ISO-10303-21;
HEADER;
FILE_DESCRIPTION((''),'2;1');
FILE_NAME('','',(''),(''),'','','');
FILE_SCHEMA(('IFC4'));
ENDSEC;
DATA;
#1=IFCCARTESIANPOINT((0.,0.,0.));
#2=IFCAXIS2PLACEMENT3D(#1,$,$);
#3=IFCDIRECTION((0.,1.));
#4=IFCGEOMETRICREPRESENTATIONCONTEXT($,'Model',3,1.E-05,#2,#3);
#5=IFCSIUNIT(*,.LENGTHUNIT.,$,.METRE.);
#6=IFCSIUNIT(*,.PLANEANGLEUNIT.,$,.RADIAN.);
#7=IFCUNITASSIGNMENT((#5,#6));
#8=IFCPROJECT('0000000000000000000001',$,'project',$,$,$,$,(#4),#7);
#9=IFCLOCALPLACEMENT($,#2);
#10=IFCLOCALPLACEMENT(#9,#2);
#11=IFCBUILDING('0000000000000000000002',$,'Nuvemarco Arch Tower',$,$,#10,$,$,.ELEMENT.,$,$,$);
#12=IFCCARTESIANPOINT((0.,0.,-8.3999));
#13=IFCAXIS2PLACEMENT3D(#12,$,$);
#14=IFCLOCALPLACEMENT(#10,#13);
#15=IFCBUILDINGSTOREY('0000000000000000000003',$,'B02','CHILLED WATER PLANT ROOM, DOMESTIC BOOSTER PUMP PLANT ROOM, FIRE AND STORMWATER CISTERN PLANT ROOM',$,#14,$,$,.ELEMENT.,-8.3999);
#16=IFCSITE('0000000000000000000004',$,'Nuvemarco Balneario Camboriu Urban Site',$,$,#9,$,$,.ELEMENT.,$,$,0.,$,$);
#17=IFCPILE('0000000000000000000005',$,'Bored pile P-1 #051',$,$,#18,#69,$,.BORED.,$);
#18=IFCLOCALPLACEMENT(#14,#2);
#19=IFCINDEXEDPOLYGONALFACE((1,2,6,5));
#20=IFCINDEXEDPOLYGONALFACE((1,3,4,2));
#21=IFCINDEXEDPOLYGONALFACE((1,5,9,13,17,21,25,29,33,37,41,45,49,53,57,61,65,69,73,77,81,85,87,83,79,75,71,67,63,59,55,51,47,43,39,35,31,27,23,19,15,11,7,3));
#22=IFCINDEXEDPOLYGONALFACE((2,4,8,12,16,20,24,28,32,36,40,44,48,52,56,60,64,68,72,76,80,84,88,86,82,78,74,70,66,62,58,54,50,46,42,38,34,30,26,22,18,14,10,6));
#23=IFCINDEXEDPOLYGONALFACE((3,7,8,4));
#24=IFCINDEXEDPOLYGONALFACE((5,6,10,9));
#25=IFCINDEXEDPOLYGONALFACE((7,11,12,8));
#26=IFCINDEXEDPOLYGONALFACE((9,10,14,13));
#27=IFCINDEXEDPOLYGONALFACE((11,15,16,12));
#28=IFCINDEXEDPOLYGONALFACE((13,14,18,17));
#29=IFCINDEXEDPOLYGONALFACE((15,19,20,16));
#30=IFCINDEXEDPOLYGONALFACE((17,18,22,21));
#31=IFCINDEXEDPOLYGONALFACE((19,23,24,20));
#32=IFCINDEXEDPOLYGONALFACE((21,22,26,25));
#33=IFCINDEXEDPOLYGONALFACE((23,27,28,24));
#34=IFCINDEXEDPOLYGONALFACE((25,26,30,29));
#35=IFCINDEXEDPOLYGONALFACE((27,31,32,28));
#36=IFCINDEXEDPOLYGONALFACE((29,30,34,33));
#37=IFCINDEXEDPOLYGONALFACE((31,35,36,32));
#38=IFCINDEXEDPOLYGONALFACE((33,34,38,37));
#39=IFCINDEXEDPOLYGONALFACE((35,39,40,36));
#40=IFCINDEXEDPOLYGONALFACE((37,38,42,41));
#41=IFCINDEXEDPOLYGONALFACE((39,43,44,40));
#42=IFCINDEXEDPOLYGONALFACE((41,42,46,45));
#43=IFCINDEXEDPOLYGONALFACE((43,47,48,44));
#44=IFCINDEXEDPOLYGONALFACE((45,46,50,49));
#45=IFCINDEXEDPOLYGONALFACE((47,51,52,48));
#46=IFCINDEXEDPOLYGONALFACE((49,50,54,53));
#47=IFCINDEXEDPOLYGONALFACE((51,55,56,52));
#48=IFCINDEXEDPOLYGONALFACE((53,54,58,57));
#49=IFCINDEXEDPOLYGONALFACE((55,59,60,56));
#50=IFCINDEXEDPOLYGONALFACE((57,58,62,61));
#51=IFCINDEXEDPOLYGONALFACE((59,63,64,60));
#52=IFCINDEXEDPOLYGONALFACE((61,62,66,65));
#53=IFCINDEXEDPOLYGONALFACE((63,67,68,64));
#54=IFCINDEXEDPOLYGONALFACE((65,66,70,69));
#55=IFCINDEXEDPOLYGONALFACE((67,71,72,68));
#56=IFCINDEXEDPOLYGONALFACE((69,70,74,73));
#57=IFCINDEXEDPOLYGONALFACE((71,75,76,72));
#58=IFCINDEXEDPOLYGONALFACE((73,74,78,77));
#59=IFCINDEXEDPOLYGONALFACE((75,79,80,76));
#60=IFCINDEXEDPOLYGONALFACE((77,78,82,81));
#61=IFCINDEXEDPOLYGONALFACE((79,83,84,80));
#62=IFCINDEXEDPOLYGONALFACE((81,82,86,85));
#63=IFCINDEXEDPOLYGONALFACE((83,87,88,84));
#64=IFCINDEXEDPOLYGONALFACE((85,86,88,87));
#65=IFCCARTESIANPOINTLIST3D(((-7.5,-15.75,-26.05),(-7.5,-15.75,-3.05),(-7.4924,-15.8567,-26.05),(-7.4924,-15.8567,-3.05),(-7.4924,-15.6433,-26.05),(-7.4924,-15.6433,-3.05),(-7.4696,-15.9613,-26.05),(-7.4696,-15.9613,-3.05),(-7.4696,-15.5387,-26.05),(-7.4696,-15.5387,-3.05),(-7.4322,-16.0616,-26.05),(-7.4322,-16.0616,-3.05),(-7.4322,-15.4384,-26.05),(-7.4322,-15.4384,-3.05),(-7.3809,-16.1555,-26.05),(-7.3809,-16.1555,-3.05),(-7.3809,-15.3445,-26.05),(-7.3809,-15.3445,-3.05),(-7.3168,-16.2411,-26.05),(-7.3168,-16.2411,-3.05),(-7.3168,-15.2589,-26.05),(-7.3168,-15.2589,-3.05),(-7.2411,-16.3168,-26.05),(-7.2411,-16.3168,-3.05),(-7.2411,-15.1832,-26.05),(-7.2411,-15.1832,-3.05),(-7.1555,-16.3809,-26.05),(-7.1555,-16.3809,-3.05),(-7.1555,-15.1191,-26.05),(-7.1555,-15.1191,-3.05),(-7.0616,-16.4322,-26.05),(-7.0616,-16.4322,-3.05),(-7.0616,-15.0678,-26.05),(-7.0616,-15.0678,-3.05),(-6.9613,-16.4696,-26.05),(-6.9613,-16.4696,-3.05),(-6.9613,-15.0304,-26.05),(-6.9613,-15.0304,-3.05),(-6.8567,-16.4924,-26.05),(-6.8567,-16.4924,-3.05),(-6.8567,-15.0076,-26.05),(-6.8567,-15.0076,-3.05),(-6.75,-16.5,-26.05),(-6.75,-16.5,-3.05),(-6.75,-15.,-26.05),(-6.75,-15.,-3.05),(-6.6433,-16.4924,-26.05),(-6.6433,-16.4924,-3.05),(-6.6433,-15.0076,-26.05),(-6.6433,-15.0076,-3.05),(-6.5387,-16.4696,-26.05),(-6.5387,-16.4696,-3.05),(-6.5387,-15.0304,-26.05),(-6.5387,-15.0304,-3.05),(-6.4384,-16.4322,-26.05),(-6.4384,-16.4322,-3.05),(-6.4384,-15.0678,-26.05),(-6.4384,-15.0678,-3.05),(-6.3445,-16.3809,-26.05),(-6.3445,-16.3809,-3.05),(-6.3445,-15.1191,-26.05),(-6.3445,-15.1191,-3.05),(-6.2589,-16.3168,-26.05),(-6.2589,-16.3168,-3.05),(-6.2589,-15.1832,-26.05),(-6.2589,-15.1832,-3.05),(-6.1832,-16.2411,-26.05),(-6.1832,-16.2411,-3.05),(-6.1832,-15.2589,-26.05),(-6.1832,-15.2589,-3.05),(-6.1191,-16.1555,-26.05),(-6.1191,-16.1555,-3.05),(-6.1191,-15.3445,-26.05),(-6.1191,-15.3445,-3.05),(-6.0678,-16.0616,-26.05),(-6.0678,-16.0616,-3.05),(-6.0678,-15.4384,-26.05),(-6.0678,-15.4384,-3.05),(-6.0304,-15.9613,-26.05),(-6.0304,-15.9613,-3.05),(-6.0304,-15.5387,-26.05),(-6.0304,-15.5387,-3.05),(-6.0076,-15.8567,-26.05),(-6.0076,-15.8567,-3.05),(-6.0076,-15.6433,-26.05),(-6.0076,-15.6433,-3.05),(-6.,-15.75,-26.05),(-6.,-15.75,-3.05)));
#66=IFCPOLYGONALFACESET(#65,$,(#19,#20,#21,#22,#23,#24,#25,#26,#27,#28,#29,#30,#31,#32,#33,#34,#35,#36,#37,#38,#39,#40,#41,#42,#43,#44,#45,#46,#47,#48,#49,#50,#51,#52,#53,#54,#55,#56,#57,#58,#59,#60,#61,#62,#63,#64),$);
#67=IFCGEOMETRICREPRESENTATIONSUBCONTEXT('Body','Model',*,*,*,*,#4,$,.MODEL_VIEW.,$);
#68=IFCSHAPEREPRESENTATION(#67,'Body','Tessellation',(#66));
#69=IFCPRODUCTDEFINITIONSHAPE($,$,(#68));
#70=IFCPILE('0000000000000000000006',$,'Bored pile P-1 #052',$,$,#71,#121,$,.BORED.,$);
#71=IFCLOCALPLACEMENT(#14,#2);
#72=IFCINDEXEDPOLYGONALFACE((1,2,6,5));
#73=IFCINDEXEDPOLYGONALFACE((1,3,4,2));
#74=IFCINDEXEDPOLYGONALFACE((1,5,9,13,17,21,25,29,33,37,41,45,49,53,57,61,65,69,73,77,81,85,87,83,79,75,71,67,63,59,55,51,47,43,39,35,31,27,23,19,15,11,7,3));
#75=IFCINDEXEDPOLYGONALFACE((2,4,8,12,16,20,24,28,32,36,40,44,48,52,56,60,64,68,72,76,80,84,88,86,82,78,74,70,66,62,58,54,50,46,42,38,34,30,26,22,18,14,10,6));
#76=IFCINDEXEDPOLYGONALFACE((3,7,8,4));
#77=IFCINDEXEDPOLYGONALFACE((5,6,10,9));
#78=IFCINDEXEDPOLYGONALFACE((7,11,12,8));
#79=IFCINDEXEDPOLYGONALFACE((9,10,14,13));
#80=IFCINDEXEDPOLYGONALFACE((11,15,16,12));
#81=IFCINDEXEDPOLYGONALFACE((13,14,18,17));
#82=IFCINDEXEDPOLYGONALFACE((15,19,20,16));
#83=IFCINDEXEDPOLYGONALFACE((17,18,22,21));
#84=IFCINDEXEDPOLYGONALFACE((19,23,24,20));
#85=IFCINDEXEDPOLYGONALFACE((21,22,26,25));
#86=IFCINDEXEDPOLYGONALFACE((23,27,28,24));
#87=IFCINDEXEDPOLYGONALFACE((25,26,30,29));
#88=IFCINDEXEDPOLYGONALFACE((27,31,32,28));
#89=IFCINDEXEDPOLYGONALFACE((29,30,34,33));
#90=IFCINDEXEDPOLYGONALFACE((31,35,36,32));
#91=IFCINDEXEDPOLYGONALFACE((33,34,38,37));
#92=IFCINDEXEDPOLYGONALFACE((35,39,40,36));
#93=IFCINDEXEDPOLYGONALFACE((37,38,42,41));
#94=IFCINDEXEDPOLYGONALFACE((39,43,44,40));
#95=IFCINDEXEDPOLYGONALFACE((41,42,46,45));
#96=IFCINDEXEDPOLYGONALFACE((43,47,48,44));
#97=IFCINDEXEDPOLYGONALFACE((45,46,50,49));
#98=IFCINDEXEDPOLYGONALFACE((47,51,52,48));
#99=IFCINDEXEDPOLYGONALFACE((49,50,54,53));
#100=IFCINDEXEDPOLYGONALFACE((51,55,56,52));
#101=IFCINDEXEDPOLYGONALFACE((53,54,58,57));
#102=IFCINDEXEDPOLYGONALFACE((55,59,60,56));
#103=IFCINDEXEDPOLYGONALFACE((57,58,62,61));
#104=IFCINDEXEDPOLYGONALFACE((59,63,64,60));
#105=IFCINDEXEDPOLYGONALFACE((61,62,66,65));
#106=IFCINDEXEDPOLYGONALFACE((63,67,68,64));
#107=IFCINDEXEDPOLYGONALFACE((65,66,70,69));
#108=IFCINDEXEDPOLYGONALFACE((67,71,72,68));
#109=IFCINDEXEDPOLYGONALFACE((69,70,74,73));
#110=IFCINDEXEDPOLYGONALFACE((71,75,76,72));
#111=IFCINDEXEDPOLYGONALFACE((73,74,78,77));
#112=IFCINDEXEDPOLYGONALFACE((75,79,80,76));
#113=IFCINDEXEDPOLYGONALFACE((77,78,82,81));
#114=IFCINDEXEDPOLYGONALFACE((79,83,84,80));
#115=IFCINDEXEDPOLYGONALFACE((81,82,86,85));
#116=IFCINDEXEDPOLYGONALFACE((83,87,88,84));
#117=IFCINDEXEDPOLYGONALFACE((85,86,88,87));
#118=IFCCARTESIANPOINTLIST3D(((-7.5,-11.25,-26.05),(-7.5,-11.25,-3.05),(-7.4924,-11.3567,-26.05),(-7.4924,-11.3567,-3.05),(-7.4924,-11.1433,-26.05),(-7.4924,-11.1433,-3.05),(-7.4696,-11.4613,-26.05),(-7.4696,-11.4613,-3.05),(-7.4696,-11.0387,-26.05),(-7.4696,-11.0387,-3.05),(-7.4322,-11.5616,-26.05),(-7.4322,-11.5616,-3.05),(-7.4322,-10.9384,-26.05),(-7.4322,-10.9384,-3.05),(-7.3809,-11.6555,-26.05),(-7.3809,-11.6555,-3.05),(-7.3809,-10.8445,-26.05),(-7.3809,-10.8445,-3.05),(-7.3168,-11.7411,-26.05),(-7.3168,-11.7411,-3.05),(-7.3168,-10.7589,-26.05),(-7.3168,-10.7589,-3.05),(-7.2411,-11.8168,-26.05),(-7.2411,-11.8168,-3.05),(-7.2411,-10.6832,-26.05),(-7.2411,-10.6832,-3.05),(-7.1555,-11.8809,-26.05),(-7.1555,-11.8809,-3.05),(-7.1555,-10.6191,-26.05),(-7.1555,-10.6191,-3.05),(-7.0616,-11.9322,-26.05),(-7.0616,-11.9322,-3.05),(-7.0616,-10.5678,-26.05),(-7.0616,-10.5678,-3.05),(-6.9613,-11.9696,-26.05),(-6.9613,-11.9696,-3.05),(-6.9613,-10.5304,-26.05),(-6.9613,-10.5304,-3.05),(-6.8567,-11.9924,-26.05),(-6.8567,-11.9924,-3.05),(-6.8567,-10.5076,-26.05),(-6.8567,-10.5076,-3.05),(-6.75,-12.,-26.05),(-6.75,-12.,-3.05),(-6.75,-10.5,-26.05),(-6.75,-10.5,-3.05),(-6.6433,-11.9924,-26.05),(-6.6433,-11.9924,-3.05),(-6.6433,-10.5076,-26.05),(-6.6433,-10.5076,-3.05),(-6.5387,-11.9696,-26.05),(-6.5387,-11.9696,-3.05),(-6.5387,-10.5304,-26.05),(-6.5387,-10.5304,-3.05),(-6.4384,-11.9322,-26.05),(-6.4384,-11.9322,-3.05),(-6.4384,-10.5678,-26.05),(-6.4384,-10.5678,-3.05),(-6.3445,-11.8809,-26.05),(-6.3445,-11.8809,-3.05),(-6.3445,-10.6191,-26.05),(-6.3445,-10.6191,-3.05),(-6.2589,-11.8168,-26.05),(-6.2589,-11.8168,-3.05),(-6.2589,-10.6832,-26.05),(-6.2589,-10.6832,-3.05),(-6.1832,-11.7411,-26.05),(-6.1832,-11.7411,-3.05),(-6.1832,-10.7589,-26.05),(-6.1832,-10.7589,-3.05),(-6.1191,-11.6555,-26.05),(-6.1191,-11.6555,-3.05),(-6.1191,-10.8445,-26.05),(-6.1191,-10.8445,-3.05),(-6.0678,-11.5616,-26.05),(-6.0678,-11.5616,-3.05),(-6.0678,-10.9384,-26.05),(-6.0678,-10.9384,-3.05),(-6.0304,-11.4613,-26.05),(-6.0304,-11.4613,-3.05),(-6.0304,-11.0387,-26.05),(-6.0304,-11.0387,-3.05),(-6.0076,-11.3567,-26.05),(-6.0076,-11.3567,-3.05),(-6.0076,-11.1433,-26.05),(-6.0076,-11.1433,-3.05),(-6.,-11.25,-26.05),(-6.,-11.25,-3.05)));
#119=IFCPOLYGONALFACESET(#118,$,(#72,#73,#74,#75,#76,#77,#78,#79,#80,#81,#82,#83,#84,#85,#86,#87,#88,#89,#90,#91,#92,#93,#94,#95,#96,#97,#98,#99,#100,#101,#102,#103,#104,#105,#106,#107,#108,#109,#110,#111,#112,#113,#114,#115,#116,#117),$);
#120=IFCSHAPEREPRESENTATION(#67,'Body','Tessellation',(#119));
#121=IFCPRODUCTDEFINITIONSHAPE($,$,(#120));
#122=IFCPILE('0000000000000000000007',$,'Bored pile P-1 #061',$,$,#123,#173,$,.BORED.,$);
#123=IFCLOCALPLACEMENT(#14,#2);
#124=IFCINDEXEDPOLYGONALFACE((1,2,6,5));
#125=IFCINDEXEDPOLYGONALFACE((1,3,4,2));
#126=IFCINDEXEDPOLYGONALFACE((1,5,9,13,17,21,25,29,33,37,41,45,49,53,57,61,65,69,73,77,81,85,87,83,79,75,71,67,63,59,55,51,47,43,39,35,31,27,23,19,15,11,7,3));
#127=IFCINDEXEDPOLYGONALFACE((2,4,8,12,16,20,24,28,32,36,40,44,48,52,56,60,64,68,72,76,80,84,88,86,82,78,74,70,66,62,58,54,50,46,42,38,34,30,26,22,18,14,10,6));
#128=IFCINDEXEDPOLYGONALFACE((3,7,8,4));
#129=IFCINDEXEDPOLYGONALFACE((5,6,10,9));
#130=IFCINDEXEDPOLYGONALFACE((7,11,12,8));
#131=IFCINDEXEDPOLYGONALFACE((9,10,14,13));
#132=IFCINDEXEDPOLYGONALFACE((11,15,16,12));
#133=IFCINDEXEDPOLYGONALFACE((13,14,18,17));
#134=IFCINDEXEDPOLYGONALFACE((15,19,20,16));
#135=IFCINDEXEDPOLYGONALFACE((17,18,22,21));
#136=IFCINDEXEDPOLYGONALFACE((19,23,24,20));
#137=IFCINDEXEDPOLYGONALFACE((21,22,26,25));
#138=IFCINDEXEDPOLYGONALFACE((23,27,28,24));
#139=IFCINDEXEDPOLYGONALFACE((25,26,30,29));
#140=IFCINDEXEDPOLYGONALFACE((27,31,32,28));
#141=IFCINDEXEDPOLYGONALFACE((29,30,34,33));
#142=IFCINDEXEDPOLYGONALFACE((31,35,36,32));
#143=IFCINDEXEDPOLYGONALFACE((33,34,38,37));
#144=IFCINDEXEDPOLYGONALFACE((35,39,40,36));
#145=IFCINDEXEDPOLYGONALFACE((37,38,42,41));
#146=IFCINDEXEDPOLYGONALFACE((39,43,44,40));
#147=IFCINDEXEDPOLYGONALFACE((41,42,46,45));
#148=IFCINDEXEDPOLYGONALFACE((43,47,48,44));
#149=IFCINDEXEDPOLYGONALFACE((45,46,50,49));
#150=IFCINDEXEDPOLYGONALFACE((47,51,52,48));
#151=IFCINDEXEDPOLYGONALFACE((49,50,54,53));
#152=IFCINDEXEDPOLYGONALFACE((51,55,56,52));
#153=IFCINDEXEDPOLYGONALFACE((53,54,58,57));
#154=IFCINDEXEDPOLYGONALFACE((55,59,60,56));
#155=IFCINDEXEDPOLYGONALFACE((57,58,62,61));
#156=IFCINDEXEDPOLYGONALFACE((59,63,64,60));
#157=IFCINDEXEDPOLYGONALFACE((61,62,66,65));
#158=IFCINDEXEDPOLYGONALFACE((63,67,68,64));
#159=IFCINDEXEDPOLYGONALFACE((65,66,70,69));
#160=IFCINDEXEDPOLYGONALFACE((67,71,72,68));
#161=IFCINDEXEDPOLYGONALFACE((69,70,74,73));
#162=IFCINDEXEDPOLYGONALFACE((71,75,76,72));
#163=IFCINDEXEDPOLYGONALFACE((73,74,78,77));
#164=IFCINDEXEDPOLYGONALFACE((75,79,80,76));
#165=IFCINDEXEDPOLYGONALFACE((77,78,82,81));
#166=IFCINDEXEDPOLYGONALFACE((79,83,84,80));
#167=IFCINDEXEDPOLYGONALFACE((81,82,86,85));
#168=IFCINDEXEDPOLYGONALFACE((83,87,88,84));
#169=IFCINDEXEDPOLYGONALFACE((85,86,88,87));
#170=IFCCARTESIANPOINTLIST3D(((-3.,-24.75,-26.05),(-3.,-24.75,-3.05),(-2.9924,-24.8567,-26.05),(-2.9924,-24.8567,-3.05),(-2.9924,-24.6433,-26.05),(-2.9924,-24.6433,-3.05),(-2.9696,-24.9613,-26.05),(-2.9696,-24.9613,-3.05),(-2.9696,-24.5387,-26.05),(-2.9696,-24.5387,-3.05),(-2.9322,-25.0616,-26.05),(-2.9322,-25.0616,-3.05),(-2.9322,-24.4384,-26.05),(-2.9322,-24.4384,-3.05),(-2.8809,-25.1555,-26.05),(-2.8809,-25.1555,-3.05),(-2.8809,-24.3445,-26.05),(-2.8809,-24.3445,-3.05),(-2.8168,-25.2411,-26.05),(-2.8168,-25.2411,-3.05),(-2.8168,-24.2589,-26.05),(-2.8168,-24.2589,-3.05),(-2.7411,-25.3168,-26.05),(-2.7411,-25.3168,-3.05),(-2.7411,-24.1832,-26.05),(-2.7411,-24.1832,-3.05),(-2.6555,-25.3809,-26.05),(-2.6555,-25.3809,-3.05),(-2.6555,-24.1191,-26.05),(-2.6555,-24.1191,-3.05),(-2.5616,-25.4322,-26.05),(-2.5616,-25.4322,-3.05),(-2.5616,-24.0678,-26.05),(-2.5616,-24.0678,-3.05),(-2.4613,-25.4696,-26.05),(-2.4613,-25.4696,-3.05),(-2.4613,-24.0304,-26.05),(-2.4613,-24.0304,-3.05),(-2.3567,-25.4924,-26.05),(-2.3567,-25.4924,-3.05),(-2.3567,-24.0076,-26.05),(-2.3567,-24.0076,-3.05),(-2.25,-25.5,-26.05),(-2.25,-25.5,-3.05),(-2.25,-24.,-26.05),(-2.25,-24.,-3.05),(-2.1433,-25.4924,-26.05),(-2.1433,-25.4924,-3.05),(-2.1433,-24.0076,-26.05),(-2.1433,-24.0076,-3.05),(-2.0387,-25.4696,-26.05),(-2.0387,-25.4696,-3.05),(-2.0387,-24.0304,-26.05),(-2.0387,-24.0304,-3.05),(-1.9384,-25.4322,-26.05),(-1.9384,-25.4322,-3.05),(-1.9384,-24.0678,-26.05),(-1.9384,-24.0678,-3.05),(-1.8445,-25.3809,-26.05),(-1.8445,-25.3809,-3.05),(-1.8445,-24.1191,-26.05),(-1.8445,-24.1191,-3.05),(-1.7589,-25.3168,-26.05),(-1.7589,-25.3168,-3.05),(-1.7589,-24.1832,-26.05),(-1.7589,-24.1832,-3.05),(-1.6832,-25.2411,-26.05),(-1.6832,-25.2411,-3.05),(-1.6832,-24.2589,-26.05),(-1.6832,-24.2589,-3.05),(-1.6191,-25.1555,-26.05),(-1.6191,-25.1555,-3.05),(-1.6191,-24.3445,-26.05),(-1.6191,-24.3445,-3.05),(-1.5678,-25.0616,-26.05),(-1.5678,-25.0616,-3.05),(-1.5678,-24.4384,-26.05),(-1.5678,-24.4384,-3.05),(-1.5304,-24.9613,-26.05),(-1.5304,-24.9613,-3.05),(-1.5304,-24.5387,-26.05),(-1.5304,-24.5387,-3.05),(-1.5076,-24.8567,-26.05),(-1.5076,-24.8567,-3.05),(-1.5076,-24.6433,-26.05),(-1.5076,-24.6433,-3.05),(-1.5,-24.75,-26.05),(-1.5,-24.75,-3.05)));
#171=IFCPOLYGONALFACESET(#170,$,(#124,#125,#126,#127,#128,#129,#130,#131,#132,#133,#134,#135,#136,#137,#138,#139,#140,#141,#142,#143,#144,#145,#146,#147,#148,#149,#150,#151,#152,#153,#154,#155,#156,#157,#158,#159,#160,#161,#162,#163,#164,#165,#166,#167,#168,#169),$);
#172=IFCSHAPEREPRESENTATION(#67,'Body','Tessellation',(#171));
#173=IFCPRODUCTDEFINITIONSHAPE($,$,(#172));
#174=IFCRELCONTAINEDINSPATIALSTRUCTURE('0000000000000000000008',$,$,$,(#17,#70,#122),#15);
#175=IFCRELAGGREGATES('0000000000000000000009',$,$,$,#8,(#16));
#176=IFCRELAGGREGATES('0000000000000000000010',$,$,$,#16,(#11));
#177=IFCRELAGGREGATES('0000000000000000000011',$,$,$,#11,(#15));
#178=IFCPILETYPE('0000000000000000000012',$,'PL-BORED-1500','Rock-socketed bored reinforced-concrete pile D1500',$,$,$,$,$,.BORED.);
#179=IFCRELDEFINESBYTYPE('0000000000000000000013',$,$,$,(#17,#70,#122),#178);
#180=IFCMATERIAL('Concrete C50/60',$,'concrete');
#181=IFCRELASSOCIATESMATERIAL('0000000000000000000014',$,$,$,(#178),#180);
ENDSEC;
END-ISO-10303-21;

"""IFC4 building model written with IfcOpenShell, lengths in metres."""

from ifc_helpers import new_model, si_unit, direction, frame, origin, origin_2d, place, context, subcontext, project, spatial, circle, extrude, material, material_profile, profile_set, type_object, element, save


model = new_model("IFC4")

# Units and contexts
model_context = context("Model", 3, precision=1e-05, world=origin(), true_north=direction((0.0, 1.0)))
body_context = subcontext(model_context, "Body", "Model", "MODEL_VIEW")
ifc_project = project(units=[si_unit("LENGTHUNIT", "METRE"), si_unit("PLANEANGLEUNIT", "RADIAN")], contexts=[model_context])

# Site, building, storey
site_placement = place(None, origin())
site = spatial("IfcSite", under=ifc_project, at=site_placement, Name="Nuvemarco Balneario Camboriu Urban Site", CompositionType="ELEMENT", RefElevation=0.0)
building_placement = place(site_placement, origin())
building = spatial("IfcBuilding", under=site, at=building_placement, Name="Nuvemarco Arch Tower", CompositionType="ELEMENT")
storey_placement = place(building_placement, frame((0.0, 0.0, -8.3999)))
storey = spatial("IfcBuildingStorey", under=building, at=storey_placement, Name="B02", Description="CHILLED WATER PLANT ROOM, DOMESTIC BOOSTER PUMP PLANT ROOM, FIRE AND STORMWATER CISTERN PLANT ROOM", CompositionType="ELEMENT", Elevation=-8.3999)

# Piles
ifc_material_1 = material(Name="Concrete C50/60", Category="concrete")
ifc_material_profile_1 = material_profile(ifc_material_1, circle(Radius=0.75, at=origin_2d()), Name="PILE-D1500")
ifc_profile_set_1 = profile_set([ifc_material_profile_1], Name="Concrete C50/60")
pile_type = type_object("IfcPileType", Name="PL-BORED-1500", Description="Rock-socketed bored reinforced-concrete pile D1500", PredefinedType="BORED", material=ifc_profile_set_1)
for number, where, z_axis, x_axis, name in (
    (1, (-6.75, -15.75, -3.05), (0.0, 0.0, -1.0), (1.0, 0.0, 0.0), "Bored pile P-1 #051"),
    (2, (-6.75, -11.25, -3.05), (0.0, 0.0, -1.0), (1.0, 0.0, 0.0), "Bored pile P-1 #052"),
    (3, (-2.25, -24.75, -3.05), (0.0, 0.0, -1.0), (1.0, 0.0, 0.0), "Bored pile P-1 #061"),
):
    element("IfcPile", number, at=place(storey_placement, frame(where, z_axis=z_axis, x_axis=x_axis)), inside=storey, type_object=pile_type, Name=name, PredefinedType="BORED", context=body_context, shape_type="SweptSolid", body=[
        extrude(circle(Radius=0.75, at=origin_2d()), origin(), (0.0, 0.0, 1.0), 23.0),
    ])

save(model, "model.ifc")
